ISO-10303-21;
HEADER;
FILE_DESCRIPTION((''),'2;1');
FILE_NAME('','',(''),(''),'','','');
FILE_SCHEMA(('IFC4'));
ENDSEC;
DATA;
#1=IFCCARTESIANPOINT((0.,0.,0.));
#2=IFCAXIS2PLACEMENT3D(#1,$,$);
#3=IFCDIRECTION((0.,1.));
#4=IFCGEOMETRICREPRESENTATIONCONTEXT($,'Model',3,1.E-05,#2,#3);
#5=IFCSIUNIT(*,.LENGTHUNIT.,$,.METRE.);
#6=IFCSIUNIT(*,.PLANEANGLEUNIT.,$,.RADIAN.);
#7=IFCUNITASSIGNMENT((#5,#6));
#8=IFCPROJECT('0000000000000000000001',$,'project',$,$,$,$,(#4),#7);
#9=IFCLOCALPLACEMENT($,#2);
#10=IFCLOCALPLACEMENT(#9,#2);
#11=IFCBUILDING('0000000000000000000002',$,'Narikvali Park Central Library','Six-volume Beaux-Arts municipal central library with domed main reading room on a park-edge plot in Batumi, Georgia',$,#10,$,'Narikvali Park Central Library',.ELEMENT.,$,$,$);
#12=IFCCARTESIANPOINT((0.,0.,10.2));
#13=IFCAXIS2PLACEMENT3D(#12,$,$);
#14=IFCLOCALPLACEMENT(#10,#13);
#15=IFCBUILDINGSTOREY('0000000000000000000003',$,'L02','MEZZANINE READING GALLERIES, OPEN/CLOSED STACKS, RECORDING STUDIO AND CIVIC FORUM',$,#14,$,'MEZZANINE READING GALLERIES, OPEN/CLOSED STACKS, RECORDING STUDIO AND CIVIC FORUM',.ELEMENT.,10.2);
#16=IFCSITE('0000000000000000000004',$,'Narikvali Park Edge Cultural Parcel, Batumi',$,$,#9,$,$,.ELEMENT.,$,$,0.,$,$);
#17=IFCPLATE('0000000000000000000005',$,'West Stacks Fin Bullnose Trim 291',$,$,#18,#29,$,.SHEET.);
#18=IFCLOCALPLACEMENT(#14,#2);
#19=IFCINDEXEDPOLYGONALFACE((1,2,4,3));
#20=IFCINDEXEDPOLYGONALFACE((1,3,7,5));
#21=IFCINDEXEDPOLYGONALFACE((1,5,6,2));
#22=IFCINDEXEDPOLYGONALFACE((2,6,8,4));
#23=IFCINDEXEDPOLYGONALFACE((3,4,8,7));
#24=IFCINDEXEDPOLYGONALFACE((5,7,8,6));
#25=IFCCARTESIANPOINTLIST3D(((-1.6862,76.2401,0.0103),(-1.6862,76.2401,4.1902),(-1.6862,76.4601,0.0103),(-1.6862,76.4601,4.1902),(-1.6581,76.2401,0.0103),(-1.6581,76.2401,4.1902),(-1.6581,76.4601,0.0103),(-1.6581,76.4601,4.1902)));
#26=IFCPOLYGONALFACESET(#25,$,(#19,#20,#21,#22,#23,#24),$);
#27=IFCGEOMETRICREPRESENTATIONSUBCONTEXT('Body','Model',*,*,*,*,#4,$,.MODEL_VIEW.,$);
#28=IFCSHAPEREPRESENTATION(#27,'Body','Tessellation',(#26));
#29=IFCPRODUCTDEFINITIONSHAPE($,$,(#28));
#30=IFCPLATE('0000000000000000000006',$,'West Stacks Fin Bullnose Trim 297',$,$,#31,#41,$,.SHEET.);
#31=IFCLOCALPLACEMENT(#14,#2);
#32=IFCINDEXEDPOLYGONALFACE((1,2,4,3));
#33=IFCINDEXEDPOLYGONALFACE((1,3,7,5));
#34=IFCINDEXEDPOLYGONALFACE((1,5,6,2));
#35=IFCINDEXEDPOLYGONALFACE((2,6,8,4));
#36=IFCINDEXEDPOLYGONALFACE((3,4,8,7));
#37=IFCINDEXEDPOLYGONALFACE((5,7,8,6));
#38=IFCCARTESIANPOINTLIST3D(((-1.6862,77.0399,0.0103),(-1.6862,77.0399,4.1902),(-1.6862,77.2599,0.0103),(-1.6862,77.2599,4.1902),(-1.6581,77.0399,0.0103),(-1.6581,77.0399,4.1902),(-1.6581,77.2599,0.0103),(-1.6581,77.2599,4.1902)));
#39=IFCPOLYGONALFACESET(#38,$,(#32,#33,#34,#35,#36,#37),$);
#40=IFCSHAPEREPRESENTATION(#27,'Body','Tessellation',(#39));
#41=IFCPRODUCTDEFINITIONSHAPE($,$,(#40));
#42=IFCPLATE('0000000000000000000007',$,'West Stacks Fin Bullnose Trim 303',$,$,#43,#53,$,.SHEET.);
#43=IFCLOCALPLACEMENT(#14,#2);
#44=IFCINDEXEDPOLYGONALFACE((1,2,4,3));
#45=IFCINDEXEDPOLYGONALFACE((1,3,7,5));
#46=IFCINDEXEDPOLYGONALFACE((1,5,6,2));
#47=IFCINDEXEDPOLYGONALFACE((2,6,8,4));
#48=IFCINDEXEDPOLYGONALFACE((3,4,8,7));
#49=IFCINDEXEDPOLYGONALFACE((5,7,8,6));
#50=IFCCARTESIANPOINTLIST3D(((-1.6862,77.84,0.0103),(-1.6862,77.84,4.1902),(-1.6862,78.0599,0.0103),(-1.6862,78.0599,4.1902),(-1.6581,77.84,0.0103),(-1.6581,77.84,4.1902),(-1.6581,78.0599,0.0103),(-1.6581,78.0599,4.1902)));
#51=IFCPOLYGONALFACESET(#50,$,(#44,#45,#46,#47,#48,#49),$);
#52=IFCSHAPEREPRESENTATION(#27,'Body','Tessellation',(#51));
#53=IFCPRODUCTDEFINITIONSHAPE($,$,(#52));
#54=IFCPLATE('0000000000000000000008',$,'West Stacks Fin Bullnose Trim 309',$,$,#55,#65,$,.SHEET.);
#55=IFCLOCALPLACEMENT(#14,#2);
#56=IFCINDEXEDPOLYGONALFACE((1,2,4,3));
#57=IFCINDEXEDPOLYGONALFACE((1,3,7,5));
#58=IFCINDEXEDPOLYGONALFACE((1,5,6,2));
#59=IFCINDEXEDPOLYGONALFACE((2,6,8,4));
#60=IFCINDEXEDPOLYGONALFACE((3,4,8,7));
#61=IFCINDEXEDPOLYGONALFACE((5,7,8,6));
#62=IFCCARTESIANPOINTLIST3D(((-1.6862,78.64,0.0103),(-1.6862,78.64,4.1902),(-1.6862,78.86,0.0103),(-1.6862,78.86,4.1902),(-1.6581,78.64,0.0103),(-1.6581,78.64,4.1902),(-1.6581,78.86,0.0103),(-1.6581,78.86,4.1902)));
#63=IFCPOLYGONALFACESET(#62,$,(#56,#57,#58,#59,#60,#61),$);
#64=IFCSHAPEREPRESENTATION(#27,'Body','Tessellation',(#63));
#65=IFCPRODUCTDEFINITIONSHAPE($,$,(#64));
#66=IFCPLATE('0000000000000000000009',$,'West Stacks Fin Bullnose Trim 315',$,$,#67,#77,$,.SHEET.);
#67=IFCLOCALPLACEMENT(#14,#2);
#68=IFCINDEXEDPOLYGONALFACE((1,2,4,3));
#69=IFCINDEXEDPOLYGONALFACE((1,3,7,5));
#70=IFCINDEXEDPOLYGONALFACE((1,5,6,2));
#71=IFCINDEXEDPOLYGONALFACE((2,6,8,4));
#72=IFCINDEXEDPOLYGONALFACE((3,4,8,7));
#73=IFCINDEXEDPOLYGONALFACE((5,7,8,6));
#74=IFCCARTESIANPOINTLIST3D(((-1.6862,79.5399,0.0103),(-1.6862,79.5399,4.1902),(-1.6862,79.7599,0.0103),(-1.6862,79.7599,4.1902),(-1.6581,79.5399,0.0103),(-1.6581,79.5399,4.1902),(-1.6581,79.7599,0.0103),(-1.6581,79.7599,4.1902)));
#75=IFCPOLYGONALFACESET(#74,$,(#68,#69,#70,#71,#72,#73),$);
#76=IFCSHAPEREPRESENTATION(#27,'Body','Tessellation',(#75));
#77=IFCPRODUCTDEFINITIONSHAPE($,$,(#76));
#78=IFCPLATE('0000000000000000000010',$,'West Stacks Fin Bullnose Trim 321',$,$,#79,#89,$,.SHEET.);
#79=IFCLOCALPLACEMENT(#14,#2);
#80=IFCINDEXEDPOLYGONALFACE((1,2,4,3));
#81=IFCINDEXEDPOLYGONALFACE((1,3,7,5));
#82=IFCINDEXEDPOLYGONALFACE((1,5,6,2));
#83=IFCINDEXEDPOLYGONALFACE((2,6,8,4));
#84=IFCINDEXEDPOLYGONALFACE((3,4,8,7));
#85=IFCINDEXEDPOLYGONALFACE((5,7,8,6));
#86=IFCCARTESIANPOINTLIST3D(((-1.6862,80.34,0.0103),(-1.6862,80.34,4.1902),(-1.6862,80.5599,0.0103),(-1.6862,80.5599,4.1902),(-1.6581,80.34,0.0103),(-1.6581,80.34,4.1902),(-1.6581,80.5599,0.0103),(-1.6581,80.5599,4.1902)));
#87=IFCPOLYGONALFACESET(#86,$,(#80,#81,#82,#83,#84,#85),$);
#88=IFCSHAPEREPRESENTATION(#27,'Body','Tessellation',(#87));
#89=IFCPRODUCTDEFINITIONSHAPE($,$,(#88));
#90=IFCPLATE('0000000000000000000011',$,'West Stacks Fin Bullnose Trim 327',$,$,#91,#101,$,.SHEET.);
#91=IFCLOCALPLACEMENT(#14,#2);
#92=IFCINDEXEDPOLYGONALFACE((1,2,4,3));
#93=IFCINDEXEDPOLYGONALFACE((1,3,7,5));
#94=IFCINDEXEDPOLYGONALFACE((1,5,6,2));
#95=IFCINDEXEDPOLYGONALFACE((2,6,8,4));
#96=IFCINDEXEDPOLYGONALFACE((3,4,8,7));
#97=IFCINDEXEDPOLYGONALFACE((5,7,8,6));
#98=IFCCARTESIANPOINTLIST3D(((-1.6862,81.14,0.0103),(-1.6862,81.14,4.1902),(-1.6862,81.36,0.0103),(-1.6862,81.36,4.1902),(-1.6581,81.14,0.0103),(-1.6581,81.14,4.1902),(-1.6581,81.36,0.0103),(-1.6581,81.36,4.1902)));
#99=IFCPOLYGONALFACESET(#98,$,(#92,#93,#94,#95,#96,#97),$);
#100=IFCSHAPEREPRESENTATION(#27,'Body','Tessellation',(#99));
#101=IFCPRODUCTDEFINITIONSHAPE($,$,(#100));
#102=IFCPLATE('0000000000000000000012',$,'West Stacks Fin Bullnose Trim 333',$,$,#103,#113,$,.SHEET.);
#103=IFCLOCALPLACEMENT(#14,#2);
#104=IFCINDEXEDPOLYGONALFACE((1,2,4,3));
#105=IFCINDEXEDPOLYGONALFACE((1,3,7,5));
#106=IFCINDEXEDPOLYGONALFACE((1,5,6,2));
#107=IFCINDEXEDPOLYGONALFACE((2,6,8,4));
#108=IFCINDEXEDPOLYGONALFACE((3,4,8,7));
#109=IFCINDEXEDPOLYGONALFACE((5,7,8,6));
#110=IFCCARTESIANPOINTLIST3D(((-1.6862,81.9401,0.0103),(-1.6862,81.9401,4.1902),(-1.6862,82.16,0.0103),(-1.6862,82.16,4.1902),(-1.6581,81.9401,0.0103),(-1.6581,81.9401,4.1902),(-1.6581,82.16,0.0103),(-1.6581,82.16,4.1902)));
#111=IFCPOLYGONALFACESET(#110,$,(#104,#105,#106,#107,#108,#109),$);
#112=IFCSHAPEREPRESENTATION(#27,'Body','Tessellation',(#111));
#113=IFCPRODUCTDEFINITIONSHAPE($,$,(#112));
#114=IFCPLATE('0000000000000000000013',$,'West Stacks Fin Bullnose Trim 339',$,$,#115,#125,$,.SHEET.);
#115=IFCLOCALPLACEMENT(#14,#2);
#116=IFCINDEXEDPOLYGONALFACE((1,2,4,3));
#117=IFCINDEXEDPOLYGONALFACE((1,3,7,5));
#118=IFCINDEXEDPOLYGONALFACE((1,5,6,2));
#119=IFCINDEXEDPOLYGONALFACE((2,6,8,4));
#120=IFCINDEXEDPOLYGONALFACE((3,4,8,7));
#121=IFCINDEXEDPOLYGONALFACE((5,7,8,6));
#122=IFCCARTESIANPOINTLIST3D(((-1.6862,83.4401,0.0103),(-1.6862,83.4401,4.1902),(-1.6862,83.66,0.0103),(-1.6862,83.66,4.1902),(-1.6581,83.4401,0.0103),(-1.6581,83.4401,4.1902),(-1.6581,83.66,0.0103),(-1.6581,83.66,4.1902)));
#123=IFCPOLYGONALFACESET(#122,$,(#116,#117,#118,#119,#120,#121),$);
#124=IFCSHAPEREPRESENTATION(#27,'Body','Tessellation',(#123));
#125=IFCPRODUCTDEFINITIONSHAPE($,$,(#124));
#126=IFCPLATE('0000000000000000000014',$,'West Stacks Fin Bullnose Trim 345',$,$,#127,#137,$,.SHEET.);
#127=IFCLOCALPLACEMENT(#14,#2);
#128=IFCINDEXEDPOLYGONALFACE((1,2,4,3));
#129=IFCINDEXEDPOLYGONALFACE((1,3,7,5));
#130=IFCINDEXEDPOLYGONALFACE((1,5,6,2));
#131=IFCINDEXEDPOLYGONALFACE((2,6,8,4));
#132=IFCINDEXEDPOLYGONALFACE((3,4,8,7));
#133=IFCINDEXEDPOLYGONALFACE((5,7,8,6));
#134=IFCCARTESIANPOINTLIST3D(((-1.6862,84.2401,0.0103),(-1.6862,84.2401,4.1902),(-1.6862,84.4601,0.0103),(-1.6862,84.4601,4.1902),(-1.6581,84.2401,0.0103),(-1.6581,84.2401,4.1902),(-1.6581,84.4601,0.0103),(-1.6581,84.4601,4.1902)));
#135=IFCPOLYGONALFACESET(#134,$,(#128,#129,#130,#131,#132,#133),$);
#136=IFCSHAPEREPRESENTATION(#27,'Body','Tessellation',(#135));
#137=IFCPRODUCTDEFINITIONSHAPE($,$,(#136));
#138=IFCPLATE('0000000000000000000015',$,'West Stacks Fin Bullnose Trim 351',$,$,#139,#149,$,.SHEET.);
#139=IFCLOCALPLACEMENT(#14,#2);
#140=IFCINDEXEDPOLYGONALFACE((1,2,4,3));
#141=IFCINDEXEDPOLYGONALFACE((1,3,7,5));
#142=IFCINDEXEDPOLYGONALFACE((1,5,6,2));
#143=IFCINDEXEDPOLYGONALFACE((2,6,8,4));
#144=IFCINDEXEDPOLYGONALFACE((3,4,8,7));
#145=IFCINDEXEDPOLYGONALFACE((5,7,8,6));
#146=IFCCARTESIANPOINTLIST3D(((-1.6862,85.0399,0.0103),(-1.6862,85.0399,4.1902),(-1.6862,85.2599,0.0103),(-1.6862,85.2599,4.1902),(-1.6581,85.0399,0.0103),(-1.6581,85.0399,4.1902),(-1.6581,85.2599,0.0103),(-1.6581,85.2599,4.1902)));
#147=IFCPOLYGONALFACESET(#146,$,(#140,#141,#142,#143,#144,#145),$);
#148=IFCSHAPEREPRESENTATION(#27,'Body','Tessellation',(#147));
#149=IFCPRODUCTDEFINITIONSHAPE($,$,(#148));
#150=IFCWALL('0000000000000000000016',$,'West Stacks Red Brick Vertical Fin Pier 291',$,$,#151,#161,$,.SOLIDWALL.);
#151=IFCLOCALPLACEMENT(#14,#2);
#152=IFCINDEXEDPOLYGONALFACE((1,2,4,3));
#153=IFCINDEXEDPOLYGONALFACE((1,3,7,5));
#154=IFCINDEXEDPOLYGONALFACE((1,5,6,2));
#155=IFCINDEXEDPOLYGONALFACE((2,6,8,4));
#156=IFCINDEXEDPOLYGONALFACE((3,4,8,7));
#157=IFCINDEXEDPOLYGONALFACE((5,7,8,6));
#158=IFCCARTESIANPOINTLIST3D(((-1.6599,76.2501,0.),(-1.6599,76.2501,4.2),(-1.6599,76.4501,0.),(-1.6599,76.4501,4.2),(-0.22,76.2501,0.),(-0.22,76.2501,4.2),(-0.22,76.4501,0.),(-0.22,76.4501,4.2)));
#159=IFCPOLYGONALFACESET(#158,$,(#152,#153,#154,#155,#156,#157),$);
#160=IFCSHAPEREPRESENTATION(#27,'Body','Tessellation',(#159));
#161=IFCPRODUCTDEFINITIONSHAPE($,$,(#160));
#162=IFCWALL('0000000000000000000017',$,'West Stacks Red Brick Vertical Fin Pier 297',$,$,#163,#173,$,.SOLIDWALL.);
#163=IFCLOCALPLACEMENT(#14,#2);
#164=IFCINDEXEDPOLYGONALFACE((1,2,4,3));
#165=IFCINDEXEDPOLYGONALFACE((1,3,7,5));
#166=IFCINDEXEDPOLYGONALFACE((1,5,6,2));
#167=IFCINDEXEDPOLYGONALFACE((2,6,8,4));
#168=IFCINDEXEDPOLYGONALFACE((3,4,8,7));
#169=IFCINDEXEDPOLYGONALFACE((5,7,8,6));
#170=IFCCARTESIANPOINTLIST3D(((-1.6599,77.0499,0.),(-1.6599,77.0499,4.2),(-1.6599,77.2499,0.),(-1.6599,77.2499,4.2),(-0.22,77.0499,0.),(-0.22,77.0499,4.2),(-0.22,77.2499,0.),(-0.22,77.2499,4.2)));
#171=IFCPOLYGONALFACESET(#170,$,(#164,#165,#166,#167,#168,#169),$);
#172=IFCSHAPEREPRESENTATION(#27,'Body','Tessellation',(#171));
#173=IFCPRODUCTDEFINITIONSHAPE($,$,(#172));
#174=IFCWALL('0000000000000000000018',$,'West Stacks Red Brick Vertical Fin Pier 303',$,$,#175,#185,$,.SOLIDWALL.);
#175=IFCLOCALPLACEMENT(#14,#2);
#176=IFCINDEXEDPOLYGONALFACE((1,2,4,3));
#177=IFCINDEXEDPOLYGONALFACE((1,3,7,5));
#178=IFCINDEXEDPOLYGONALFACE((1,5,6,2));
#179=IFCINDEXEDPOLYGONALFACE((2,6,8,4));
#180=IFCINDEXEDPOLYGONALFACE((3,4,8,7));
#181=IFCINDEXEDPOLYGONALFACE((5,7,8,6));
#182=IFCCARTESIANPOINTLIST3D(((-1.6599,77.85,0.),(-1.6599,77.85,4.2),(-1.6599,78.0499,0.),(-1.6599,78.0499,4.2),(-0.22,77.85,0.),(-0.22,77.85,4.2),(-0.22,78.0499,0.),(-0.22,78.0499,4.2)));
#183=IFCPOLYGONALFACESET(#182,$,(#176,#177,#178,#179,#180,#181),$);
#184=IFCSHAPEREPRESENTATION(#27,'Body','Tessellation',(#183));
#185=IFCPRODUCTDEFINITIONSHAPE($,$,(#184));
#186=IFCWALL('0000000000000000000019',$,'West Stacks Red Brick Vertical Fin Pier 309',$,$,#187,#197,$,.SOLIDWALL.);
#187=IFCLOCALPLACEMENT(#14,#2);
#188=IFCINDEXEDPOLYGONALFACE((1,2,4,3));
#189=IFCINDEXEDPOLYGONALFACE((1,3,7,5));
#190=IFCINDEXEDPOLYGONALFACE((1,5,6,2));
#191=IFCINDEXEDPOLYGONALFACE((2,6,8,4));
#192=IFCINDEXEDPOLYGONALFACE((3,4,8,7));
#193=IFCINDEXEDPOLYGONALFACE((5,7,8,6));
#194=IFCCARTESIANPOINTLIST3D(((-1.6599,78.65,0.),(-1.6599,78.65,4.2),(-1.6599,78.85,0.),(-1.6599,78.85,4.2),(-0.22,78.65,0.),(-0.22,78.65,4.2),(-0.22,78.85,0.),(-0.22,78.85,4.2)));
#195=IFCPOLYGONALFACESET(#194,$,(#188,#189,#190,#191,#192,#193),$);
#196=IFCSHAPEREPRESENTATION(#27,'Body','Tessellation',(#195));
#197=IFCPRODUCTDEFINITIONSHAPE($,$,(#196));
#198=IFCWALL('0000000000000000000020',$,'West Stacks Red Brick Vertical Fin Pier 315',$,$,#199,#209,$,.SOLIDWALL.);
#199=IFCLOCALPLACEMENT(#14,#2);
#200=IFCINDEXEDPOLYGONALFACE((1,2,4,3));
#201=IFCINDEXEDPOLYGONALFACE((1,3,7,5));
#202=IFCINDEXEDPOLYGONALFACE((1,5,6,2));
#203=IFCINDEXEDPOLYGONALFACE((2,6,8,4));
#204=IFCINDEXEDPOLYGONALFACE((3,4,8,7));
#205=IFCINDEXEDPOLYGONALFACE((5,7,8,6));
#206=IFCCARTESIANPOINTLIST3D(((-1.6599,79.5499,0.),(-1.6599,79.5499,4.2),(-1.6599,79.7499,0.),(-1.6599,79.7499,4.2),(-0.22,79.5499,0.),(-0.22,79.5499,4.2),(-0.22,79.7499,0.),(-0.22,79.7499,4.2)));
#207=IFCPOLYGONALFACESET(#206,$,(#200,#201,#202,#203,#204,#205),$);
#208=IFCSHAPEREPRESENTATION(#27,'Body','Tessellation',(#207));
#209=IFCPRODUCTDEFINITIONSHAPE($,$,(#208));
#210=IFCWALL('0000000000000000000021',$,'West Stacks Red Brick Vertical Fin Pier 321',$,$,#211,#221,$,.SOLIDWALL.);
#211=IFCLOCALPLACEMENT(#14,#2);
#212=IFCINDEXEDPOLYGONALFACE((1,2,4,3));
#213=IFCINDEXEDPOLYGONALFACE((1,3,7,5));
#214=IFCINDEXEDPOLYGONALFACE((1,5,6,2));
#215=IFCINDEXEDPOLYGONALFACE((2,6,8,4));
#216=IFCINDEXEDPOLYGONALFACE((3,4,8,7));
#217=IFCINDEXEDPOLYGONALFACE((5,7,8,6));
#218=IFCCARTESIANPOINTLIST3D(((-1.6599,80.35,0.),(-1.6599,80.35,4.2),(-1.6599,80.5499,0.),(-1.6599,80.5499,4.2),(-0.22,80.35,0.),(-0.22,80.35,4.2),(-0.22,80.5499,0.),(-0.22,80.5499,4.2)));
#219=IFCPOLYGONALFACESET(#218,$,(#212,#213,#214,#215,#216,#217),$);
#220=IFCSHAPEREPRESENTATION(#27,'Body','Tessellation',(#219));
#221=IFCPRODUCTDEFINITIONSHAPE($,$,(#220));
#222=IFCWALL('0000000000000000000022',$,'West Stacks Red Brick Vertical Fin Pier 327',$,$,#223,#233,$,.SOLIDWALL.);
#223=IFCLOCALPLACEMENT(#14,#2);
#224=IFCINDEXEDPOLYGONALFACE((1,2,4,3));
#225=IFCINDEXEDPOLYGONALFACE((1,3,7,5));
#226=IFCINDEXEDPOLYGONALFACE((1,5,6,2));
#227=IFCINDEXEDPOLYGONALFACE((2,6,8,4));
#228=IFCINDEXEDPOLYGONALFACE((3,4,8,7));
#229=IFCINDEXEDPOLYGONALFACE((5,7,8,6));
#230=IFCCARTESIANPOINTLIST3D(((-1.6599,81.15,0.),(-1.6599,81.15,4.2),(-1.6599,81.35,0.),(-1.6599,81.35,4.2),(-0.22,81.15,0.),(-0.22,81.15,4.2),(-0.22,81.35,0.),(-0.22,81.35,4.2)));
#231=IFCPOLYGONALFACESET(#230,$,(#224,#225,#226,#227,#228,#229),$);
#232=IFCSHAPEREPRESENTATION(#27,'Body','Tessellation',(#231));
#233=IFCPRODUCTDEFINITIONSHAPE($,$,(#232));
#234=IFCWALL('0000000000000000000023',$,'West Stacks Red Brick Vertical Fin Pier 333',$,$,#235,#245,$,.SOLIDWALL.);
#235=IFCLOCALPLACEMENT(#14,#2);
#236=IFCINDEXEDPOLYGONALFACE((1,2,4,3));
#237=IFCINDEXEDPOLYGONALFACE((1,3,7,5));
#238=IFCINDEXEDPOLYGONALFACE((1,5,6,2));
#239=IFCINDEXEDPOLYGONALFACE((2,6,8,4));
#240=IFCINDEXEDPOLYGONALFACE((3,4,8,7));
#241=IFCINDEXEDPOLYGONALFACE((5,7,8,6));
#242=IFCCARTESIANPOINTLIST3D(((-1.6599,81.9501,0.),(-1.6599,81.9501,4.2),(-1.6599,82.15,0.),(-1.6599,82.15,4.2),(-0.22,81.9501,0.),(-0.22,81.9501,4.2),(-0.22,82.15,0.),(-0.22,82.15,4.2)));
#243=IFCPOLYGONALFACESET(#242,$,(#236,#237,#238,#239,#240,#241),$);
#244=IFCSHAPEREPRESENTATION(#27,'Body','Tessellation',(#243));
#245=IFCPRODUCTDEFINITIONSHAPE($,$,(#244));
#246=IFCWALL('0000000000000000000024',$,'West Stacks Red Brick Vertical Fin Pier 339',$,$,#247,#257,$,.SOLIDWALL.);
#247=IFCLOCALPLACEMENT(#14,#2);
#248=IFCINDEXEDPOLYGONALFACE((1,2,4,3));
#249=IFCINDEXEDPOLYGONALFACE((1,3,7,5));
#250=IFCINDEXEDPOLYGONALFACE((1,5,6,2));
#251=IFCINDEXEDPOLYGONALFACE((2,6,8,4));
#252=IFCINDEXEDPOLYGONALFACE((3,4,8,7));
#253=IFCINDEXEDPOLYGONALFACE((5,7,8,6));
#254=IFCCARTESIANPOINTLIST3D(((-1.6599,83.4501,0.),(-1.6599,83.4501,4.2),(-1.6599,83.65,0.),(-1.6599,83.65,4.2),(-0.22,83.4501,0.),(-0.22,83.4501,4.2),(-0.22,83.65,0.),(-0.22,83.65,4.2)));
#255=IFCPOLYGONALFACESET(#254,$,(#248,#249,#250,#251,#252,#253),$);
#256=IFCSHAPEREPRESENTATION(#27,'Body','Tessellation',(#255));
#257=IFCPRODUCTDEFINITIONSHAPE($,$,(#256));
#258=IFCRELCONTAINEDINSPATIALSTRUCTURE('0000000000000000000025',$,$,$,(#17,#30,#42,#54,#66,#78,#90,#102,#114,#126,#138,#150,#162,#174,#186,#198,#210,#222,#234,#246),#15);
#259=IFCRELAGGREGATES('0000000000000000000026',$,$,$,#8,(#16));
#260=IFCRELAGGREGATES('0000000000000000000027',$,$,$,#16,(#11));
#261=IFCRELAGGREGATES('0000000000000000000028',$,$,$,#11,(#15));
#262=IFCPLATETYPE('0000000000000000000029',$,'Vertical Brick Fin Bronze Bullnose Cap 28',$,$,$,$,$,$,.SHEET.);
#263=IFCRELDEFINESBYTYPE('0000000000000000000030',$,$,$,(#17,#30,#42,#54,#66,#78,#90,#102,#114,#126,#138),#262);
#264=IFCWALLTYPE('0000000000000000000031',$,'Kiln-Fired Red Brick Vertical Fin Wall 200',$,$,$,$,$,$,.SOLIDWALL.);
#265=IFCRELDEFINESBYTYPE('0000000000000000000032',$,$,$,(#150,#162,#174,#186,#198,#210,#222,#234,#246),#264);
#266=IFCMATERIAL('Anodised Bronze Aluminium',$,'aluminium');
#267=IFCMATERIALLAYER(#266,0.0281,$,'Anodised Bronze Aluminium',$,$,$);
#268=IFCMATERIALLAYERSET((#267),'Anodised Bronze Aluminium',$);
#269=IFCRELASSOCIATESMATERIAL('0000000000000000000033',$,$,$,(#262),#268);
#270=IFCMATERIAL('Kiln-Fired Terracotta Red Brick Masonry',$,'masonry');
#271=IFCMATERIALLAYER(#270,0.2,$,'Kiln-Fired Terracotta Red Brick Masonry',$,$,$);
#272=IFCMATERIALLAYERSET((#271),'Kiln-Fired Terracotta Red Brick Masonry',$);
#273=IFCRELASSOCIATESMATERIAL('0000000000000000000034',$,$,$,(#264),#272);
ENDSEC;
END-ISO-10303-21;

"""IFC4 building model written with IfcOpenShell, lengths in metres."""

from ifc_helpers import new_model, si_unit, direction, frame, frame_2d, origin, origin_2d, place, context, subcontext, project, spatial, rectangle, extrude, material, layer, layer_set, type_object, element, save


model = new_model("IFC4")

# Units and contexts
model_context = context("Model", 3, precision=1e-05, world=origin(), true_north=direction((0.0, 1.0)))
body_context = subcontext(model_context, "Body", "Model", "MODEL_VIEW")
ifc_project = project(units=[si_unit("LENGTHUNIT", "METRE"), si_unit("PLANEANGLEUNIT", "RADIAN")], contexts=[model_context])

# Site, building, storey
site_placement = place(None, origin())
site = spatial("IfcSite", under=ifc_project, at=site_placement, Name="Narikvali Park Edge Cultural Parcel, Batumi", CompositionType="ELEMENT", RefElevation=0.0)
building_placement = place(site_placement, origin())
building = spatial("IfcBuilding", under=site, at=building_placement, Name="Narikvali Park Central Library", Description="Six-volume Beaux-Arts municipal central library with domed main reading room on a park-edge plot in Batumi, Georgia", LongName="Narikvali Park Central Library", CompositionType="ELEMENT")
storey_placement = place(building_placement, frame((0.0, 0.0, 10.2)))
storey = spatial("IfcBuildingStorey", under=building, at=storey_placement, Name="L02", Description="MEZZANINE READING GALLERIES, OPEN/CLOSED STACKS, RECORDING STUDIO AND CIVIC FORUM", LongName="MEZZANINE READING GALLERIES, OPEN/CLOSED STACKS, RECORDING STUDIO AND CIVIC FORUM", CompositionType="ELEMENT", Elevation=10.2)

# Plates
ifc_material_1 = material(Name="Anodised Bronze Aluminium", Category="aluminium")
ifc_layer_1 = layer(ifc_material_1, 0.0281, Name="Anodised Bronze Aluminium")
ifc_layer_set_1 = layer_set([ifc_layer_1], Name="Anodised Bronze Aluminium")
plate_type = type_object("IfcPlateType", Name="Vertical Brick Fin Bronze Bullnose Cap 28", PredefinedType="SHEET", material=ifc_layer_set_1)
for number, where, z_axis, x_axis, name in (
    (1, (-1.6721, 76.3501, 0.0103), (0.0, 0.0, 1.0), (1.0, 0.0, 0.0), "West Stacks Fin Bullnose Trim 291"),
    (2, (-1.6721, 77.1499, 0.0103), (0.0, 0.0, 1.0), (1.0, 0.0, 0.0), "West Stacks Fin Bullnose Trim 297"),
    (3, (-1.6721, 77.95, 0.0103), (0.0, 0.0, 1.0), (1.0, 0.0, 0.0), "West Stacks Fin Bullnose Trim 303"),
    (4, (-1.6721, 78.75, 0.0103), (0.0, 0.0, 1.0), (1.0, 0.0, 0.0), "West Stacks Fin Bullnose Trim 309"),
    (5, (-1.6721, 79.6499, 0.0103), (0.0, 0.0, 1.0), (1.0, 0.0, 0.0), "West Stacks Fin Bullnose Trim 315"),
    (6, (-1.6721, 80.45, 0.0103), (0.0, 0.0, 1.0), (1.0, 0.0, 0.0), "West Stacks Fin Bullnose Trim 321"),
    (7, (-1.6721, 81.25, 0.0103), (0.0, 0.0, 1.0), (1.0, 0.0, 0.0), "West Stacks Fin Bullnose Trim 327"),
    (8, (-1.6721, 82.05, 0.0103), (0.0, 0.0, 1.0), (1.0, 0.0, 0.0), "West Stacks Fin Bullnose Trim 333"),
    (9, (-1.6721, 83.55, 0.0103), (0.0, 0.0, 1.0), (1.0, 0.0, 0.0), "West Stacks Fin Bullnose Trim 339"),
    (10, (-1.6721, 84.3501, 0.0103), (0.0, 0.0, 1.0), (1.0, 0.0, 0.0), "West Stacks Fin Bullnose Trim 345"),
    (11, (-1.6721, 85.1499, 0.0103), (0.0, 0.0, 1.0), (1.0, 0.0, 0.0), "West Stacks Fin Bullnose Trim 351"),
):
    element("IfcPlate", number, at=place(storey_placement, frame(where, z_axis=z_axis, x_axis=x_axis)), inside=storey, type_object=plate_type, Name=name, PredefinedType="SHEET", context=body_context, shape_type="SweptSolid", body=[
        extrude(rectangle(XDim=0.0281, YDim=0.22, at=origin_2d()), origin(), (0.0, 0.0, 1.0), 4.1799),
    ])

# Walls
ifc_material_2 = material(Name="Kiln-Fired Terracotta Red Brick Masonry", Category="masonry")
ifc_layer_2 = layer(ifc_material_2, 0.2, Name="Kiln-Fired Terracotta Red Brick Masonry")
ifc_layer_set_2 = layer_set([ifc_layer_2], Name="Kiln-Fired Terracotta Red Brick Masonry")
wall_type = type_object("IfcWallType", Name="Kiln-Fired Red Brick Vertical Fin Wall 200", PredefinedType="SOLIDWALL", material=ifc_layer_set_2)
for number, where, z_axis, x_axis, name in (
    (12, (-1.6599, 76.3501, 0.0), (0.0, 0.0, 1.0), (1.0, 0.0, 0.0), "West Stacks Red Brick Vertical Fin Pier 291"),
    (13, (-1.6599, 77.1499, 0.0), (0.0, 0.0, 1.0), (1.0, 0.0, 0.0), "West Stacks Red Brick Vertical Fin Pier 297"),
    (14, (-1.6599, 77.95, 0.0), (0.0, 0.0, 1.0), (1.0, 0.0, 0.0), "West Stacks Red Brick Vertical Fin Pier 303"),
    (15, (-1.6599, 78.75, 0.0), (0.0, 0.0, 1.0), (1.0, 0.0, 0.0), "West Stacks Red Brick Vertical Fin Pier 309"),
    (16, (-1.6599, 79.6499, 0.0), (0.0, 0.0, 1.0), (1.0, 0.0, 0.0), "West Stacks Red Brick Vertical Fin Pier 315"),
    (17, (-1.6599, 80.45, 0.0), (0.0, 0.0, 1.0), (1.0, 0.0, 0.0), "West Stacks Red Brick Vertical Fin Pier 321"),
    (18, (-1.6599, 81.25, 0.0), (0.0, 0.0, 1.0), (1.0, 0.0, 0.0), "West Stacks Red Brick Vertical Fin Pier 327"),
    (19, (-1.6599, 82.05, 0.0), (0.0, 0.0, 1.0), (1.0, 0.0, 0.0), "West Stacks Red Brick Vertical Fin Pier 333"),
    (20, (-1.6599, 83.55, 0.0), (0.0, 0.0, 1.0), (1.0, 0.0, 0.0), "West Stacks Red Brick Vertical Fin Pier 339"),
):
    element("IfcWall", number, at=place(storey_placement, frame(where, z_axis=z_axis, x_axis=x_axis)), inside=storey, type_object=wall_type, Name=name, PredefinedType="SOLIDWALL", context=body_context, shape_type="SweptSolid", body=[
        extrude(rectangle(XDim=1.4399, YDim=0.2, at=frame_2d((0.72, 0.0))), origin(), (0.0, 0.0, 1.0), 4.2),
    ])

save(model, "model.ifc")
